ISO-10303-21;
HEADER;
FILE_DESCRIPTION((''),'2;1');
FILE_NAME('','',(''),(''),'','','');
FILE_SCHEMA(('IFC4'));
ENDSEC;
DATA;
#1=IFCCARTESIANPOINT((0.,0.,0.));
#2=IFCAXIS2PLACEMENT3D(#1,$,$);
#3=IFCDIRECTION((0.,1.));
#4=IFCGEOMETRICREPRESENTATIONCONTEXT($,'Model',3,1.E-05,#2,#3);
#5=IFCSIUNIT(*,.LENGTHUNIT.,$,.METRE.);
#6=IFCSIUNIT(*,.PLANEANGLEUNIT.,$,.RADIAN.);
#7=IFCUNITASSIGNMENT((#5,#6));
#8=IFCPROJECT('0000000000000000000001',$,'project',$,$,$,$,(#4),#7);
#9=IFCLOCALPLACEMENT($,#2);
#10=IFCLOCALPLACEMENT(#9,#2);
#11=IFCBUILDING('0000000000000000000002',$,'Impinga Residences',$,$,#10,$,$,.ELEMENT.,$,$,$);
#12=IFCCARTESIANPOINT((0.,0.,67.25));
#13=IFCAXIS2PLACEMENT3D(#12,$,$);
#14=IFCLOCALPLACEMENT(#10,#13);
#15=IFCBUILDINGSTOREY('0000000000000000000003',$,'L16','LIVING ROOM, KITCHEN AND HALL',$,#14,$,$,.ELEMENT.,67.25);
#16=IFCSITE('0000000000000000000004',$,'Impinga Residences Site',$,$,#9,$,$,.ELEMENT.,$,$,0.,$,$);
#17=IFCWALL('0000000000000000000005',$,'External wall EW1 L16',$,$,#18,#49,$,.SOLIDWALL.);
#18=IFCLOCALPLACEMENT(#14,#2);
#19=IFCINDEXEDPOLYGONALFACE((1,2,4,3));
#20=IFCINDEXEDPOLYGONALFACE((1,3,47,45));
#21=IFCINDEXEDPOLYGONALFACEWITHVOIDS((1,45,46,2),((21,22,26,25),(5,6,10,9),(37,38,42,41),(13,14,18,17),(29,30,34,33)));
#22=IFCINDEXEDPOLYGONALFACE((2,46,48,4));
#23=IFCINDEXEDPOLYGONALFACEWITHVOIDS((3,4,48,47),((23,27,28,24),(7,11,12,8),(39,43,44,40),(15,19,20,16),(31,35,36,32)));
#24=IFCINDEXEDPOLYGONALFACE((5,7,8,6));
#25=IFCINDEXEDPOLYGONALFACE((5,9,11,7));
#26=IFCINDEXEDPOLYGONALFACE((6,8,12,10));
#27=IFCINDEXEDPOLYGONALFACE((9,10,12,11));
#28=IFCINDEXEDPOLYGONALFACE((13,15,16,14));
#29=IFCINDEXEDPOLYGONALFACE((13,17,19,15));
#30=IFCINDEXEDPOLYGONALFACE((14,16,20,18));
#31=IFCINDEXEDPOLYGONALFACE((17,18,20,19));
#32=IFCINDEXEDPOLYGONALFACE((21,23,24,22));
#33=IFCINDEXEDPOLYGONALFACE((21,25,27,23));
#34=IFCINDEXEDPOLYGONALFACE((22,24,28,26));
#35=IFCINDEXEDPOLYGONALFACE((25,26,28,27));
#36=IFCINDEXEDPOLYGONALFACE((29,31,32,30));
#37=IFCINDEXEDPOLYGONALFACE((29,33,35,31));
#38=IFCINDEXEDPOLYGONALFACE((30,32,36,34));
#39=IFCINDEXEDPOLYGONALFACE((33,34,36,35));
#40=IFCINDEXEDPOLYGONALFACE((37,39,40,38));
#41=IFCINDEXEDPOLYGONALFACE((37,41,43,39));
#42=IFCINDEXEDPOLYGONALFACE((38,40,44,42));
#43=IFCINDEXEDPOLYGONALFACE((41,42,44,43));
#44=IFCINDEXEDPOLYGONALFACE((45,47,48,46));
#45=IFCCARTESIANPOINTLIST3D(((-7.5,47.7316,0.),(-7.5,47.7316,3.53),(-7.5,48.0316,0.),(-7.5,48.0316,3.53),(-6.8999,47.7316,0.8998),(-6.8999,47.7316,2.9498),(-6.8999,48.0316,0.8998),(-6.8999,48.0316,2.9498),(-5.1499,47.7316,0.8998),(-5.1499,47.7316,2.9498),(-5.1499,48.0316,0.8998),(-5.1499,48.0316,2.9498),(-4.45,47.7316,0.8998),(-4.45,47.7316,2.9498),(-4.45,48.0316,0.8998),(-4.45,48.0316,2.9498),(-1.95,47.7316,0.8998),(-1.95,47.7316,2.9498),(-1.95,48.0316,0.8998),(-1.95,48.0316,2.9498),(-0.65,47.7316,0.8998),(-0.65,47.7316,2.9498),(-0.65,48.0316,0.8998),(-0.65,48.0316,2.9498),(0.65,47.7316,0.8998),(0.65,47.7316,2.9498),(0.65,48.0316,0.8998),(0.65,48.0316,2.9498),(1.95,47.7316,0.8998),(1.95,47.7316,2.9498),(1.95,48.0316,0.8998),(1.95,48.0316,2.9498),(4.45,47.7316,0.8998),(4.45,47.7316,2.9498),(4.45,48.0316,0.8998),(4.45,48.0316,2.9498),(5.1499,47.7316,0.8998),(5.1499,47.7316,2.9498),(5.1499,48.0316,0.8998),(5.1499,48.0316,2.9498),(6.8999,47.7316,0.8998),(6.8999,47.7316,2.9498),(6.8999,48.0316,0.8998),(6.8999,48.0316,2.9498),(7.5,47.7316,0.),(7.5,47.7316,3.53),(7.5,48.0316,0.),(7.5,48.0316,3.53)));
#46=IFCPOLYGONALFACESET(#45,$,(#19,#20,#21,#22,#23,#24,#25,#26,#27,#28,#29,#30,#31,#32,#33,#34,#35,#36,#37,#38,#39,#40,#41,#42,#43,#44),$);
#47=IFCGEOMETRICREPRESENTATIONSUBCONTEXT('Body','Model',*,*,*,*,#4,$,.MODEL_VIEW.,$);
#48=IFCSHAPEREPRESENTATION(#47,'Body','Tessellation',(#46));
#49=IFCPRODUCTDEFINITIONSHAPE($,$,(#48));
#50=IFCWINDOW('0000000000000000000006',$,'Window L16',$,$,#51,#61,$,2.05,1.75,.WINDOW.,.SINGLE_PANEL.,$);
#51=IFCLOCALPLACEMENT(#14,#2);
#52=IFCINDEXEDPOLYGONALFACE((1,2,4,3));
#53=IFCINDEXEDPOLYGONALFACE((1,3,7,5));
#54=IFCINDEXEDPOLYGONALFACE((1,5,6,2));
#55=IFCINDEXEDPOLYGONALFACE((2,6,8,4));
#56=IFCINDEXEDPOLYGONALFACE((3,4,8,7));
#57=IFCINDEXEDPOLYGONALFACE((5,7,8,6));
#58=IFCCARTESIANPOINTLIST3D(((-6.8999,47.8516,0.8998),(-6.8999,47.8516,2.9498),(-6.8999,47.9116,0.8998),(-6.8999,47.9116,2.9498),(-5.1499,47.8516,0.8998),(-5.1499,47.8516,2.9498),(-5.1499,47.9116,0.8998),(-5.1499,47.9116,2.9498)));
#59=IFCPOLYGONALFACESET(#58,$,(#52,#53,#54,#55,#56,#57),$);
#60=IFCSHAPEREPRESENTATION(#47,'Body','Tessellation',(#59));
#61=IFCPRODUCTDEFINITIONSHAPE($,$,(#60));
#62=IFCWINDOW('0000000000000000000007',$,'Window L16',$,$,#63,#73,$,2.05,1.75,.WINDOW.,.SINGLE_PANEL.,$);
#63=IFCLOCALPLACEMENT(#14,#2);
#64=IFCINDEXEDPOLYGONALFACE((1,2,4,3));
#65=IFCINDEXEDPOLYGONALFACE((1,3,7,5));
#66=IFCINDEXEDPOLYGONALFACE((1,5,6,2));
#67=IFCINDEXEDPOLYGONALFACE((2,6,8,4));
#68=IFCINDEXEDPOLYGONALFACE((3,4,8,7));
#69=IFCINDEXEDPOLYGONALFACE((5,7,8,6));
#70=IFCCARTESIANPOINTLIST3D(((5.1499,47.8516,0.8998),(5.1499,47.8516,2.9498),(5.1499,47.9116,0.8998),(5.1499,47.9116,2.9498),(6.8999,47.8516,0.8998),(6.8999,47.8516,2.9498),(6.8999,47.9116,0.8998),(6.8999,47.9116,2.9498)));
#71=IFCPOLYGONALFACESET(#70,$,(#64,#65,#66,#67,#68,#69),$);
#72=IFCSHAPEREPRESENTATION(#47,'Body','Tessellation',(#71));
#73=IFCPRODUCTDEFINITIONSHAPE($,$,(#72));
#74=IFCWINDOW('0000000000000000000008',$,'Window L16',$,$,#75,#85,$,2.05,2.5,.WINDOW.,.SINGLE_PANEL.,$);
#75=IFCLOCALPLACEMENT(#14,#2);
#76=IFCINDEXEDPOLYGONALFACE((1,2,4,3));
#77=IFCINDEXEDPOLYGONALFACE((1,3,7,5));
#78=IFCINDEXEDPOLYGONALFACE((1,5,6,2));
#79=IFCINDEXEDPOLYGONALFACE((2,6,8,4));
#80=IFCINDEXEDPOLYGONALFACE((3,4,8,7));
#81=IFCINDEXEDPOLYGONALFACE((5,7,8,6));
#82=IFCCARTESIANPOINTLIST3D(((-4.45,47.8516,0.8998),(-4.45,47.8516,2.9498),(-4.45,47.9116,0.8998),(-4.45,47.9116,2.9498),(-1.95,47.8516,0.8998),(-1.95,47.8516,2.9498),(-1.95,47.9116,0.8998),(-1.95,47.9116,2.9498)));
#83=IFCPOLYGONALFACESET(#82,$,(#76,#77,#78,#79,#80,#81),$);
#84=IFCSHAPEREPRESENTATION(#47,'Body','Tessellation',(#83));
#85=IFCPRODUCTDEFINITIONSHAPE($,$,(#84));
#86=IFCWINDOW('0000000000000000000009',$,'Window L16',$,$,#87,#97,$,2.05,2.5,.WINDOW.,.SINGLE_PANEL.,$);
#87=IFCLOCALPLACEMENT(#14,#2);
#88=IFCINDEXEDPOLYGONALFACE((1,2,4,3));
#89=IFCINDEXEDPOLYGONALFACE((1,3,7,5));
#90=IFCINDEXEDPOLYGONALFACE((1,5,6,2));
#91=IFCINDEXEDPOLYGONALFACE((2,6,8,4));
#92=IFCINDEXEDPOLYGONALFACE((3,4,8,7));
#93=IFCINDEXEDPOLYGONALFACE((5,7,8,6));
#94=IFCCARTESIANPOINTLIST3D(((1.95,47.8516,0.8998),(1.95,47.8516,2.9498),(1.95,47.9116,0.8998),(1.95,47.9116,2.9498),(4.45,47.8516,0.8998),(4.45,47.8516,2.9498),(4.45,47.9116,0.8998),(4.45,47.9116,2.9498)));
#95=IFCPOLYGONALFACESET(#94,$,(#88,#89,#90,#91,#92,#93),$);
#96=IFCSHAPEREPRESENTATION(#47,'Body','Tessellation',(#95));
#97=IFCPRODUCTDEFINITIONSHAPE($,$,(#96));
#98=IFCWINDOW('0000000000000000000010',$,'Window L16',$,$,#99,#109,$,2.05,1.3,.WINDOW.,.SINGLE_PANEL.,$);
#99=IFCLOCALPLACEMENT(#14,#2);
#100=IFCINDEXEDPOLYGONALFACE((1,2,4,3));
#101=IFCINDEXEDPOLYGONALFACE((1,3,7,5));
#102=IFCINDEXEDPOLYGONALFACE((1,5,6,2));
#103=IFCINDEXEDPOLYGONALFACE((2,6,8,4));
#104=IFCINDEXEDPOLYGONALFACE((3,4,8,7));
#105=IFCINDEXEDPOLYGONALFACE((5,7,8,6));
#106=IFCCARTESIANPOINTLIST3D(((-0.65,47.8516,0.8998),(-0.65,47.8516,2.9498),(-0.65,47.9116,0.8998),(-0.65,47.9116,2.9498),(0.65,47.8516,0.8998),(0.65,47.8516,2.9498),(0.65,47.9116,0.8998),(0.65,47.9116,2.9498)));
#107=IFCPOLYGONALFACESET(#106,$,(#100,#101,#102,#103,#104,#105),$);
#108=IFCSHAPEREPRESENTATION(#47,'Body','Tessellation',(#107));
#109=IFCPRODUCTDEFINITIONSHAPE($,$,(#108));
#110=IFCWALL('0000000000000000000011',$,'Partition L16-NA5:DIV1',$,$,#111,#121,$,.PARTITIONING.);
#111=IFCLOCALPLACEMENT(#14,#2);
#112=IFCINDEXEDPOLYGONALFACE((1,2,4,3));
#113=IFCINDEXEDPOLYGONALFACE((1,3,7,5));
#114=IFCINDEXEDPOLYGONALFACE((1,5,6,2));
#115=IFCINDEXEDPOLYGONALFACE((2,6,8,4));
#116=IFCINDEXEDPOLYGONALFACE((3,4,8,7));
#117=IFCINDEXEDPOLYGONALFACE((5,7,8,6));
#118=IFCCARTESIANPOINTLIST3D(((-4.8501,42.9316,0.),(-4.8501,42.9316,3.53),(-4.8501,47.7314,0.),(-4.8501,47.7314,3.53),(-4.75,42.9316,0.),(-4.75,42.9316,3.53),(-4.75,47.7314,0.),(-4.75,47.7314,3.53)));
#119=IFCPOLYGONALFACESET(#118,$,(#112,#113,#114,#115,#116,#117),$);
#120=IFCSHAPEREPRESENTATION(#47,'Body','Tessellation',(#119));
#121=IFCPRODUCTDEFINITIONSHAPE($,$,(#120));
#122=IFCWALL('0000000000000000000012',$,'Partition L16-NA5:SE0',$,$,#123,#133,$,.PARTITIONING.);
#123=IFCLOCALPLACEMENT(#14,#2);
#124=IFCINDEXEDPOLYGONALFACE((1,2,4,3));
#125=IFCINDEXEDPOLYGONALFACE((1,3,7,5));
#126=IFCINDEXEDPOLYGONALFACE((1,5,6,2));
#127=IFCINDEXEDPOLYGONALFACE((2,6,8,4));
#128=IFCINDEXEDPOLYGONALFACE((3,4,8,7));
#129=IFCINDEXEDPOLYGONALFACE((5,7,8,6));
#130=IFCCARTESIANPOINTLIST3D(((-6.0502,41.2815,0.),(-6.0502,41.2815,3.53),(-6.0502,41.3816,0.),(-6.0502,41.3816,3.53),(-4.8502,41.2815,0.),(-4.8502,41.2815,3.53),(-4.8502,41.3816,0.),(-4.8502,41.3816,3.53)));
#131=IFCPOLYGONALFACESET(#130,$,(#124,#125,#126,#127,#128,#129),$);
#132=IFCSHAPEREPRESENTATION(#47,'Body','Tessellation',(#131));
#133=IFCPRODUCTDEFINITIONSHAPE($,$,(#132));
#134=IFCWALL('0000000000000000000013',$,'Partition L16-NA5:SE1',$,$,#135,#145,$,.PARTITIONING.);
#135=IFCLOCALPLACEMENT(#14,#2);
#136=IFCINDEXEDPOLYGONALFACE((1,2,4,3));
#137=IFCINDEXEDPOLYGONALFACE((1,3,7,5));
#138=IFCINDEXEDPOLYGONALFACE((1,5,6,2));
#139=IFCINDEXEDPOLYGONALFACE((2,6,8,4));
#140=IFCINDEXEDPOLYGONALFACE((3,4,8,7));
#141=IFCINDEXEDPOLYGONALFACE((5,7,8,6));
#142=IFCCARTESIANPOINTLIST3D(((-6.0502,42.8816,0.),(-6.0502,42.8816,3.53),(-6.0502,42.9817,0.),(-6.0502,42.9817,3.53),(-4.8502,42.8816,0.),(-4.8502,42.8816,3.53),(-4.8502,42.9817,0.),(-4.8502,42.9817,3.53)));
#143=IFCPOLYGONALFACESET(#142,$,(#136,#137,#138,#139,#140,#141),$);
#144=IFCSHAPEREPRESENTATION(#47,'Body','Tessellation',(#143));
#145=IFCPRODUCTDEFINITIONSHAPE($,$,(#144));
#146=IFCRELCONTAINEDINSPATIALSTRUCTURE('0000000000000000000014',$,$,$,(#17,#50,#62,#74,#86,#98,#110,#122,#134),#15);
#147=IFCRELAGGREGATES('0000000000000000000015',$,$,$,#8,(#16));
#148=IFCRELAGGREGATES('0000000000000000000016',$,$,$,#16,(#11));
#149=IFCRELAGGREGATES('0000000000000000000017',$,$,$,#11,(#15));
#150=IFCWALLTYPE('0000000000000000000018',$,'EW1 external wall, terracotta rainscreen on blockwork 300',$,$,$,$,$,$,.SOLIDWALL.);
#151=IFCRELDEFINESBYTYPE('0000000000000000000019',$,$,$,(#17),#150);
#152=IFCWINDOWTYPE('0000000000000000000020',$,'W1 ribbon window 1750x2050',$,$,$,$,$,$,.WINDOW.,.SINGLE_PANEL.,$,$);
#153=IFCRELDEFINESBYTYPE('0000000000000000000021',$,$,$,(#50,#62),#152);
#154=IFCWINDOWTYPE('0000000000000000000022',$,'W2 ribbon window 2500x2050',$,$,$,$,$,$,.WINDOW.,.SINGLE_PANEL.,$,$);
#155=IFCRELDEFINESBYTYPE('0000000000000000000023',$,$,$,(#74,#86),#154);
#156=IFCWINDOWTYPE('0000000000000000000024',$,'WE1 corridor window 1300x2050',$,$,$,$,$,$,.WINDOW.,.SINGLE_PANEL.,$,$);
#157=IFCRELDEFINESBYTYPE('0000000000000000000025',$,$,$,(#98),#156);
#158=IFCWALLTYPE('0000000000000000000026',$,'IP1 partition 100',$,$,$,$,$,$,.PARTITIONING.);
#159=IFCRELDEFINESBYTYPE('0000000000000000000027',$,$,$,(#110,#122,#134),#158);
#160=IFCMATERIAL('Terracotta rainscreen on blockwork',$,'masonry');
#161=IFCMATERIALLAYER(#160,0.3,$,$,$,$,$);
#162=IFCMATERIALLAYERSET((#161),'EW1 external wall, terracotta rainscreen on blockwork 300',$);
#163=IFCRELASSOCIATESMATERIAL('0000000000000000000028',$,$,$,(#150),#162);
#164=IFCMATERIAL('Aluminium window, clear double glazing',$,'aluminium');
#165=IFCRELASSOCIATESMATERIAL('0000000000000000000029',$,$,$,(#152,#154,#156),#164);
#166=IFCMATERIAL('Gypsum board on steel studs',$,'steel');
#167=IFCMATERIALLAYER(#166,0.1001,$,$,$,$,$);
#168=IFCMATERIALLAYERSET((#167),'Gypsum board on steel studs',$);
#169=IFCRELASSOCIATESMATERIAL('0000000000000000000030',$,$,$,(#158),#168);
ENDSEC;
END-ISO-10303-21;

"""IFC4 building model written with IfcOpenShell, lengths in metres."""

from ifc_helpers import new_model, si_unit, direction, frame, frame_2d, origin, place, context, subcontext, project, spatial, rectangle, extrude, material, layer, layer_set, type_object, element, fill, save


model = new_model("IFC4")

# Units and contexts
model_context = context("Model", 3, precision=1e-05, world=origin(), true_north=direction((0.0, 1.0)))
body_context = subcontext(model_context, "Body", "Model", "MODEL_VIEW")
ifc_project = project(units=[si_unit("LENGTHUNIT", "METRE"), si_unit("PLANEANGLEUNIT", "RADIAN")], contexts=[model_context])

# Site, building, storey
site_placement = place(None, origin())
site = spatial("IfcSite", under=ifc_project, at=site_placement, Name="Impinga Residences Site", CompositionType="ELEMENT", RefElevation=0.0)
building_placement = place(site_placement, origin())
building = spatial("IfcBuilding", under=site, at=building_placement, Name="Impinga Residences", CompositionType="ELEMENT")
storey_placement = place(building_placement, frame((0.0, 0.0, 67.25)))
storey = spatial("IfcBuildingStorey", under=building, at=storey_placement, Name="L16", Description="LIVING ROOM, KITCHEN AND HALL", CompositionType="ELEMENT", Elevation=67.25)

# Shared definitions
ifc_material_1 = material(Name="Terracotta rainscreen on blockwork", Category="masonry")
ifc_layer_1 = layer(ifc_material_1, 0.3)
ifc_layer_set_1 = layer_set([ifc_layer_1], Name="EW1 external wall, terracotta rainscreen on blockwork 300")
wall_type_1 = type_object("IfcWallType", Name="EW1 external wall, terracotta rainscreen on blockwork 300", PredefinedType="SOLIDWALL", material=ifc_layer_set_1)

# Wall, openings, windows
wall_1_placement = place(storey_placement, frame((-7.5, 47.8816, 0.0), z_axis=(0.0, 0.0, 1.0), x_axis=(1.0, 0.0, 0.0)))
wall_1 = element("IfcWall", 1, at=wall_1_placement, inside=storey, type_object=wall_type_1, Name="External wall EW1 L16", PredefinedType="SOLIDWALL", context=body_context, shape_type="SweptSolid", body=[
    extrude(rectangle(XDim=15.0, YDim=0.3, at=frame_2d((7.5, 0.0))), origin(), (0.0, 0.0, 1.0), 3.53),
])
opening_1_placement = place(wall_1_placement, frame((0.6001, 0.0, 0.8999)))
opening_1 = element("IfcOpeningElement", 2, at=opening_1_placement, cuts=wall_1, PredefinedType="OPENING", context=body_context, shape_type="SweptSolid", body=[
    extrude(rectangle(XDim=1.75, YDim=2.05, at=frame_2d((0.875, 1.0249))), frame((0.0, 0.1599, 0.0), z_axis=(0.0, -1.0, 0.0), x_axis=(1.0, 0.0, 0.0)), (0.0, 0.0, 1.0), 0.3201),
])
opening_2_placement = place(wall_1_placement, frame((3.05, 0.0, 0.8999)))
opening_2 = element("IfcOpeningElement", 3, at=opening_2_placement, cuts=wall_1, PredefinedType="OPENING", context=body_context, shape_type="SweptSolid", body=[
    extrude(rectangle(XDim=2.5, YDim=2.05, at=frame_2d((1.25, 1.0249))), frame((0.0, 0.1599, 0.0), z_axis=(0.0, -1.0, 0.0), x_axis=(1.0, 0.0, 0.0)), (0.0, 0.0, 1.0), 0.3201),
])
opening_3_placement = place(wall_1_placement, frame((6.8501, 0.0, 0.8999)))
opening_3 = element("IfcOpeningElement", 4, at=opening_3_placement, cuts=wall_1, PredefinedType="OPENING", context=body_context, shape_type="SweptSolid", body=[
    extrude(rectangle(XDim=1.3, YDim=2.05, at=frame_2d((0.6499, 1.0249))), frame((0.0, 0.1599, 0.0), z_axis=(0.0, -1.0, 0.0), x_axis=(1.0, 0.0, 0.0)), (0.0, 0.0, 1.0), 0.3201),
])
opening_4_placement = place(wall_1_placement, frame((9.45, 0.0, 0.8999)))
opening_4 = element("IfcOpeningElement", 5, at=opening_4_placement, cuts=wall_1, PredefinedType="OPENING", context=body_context, shape_type="SweptSolid", body=[
    extrude(rectangle(XDim=2.5, YDim=2.05, at=frame_2d((1.25, 1.0249))), frame((0.0, 0.1599, 0.0), z_axis=(0.0, -1.0, 0.0), x_axis=(1.0, 0.0, 0.0)), (0.0, 0.0, 1.0), 0.3201),
])
opening_5_placement = place(wall_1_placement, frame((12.6499, 0.0, 0.8999)))
opening_5 = element("IfcOpeningElement", 6, at=opening_5_placement, cuts=wall_1, PredefinedType="OPENING", context=body_context, shape_type="SweptSolid", body=[
    extrude(rectangle(XDim=1.75, YDim=2.05, at=frame_2d((0.875, 1.0249))), frame((0.0, 0.1599, 0.0), z_axis=(0.0, -1.0, 0.0), x_axis=(1.0, 0.0, 0.0)), (0.0, 0.0, 1.0), 0.3201),
])
ifc_material_2 = material(Name="Aluminium window, clear double glazing", Category="aluminium")
window_type_1 = type_object("IfcWindowType", Name="W1 ribbon window 1750x2050", PartitioningType="SINGLE_PANEL", PredefinedType="WINDOW", material=ifc_material_2)
window_1_placement = place(opening_1_placement, origin())
window_1 = element("IfcWindow", 7, at=window_1_placement, inside=storey, type_object=window_type_1, Name="Window L16", OverallHeight=2.05, OverallWidth=1.75, PartitioningType="SINGLE_PANEL", PredefinedType="WINDOW", context=body_context, shape_type="SweptSolid", body=[
    extrude(rectangle(XDim=1.75, YDim=2.05, at=frame_2d((0.875, 1.0249))), frame((0.0, 0.03, 0.0), z_axis=(0.0, -1.0, 0.0), x_axis=(1.0, 0.0, 0.0)), (0.0, 0.0, 1.0), 0.0601),
])
fill(opening_1, window_1)
window_2_placement = place(opening_5_placement, origin())
window_2 = element("IfcWindow", 8, at=window_2_placement, inside=storey, type_object=window_type_1, Name="Window L16", OverallHeight=2.05, OverallWidth=1.75, PartitioningType="SINGLE_PANEL", PredefinedType="WINDOW", context=body_context, shape_type="SweptSolid", body=[
    extrude(rectangle(XDim=1.75, YDim=2.05, at=frame_2d((0.875, 1.0249))), frame((0.0, 0.03, 0.0), z_axis=(0.0, -1.0, 0.0), x_axis=(1.0, 0.0, 0.0)), (0.0, 0.0, 1.0), 0.0601),
])
fill(opening_5, window_2)
window_type_2 = type_object("IfcWindowType", Name="W2 ribbon window 2500x2050", PartitioningType="SINGLE_PANEL", PredefinedType="WINDOW", material=ifc_material_2)
window_3_placement = place(opening_2_placement, origin())
window_3 = element("IfcWindow", 9, at=window_3_placement, inside=storey, type_object=window_type_2, Name="Window L16", OverallHeight=2.05, OverallWidth=2.5, PartitioningType="SINGLE_PANEL", PredefinedType="WINDOW", context=body_context, shape_type="SweptSolid", body=[
    extrude(rectangle(XDim=2.5, YDim=2.05, at=frame_2d((1.25, 1.0249))), frame((0.0, 0.03, 0.0), z_axis=(0.0, -1.0, 0.0), x_axis=(1.0, 0.0, 0.0)), (0.0, 0.0, 1.0), 0.0601),
])
fill(opening_2, window_3)
window_4_placement = place(opening_4_placement, origin())
window_4 = element("IfcWindow", 10, at=window_4_placement, inside=storey, type_object=window_type_2, Name="Window L16", OverallHeight=2.05, OverallWidth=2.5, PartitioningType="SINGLE_PANEL", PredefinedType="WINDOW", context=body_context, shape_type="SweptSolid", body=[
    extrude(rectangle(XDim=2.5, YDim=2.05, at=frame_2d((1.25, 1.0249))), frame((0.0, 0.03, 0.0), z_axis=(0.0, -1.0, 0.0), x_axis=(1.0, 0.0, 0.0)), (0.0, 0.0, 1.0), 0.0601),
])
fill(opening_4, window_4)
window_type_3 = type_object("IfcWindowType", Name="WE1 corridor window 1300x2050", PartitioningType="SINGLE_PANEL", PredefinedType="WINDOW", material=ifc_material_2)
window_5_placement = place(opening_3_placement, origin())
window_5 = element("IfcWindow", 11, at=window_5_placement, inside=storey, type_object=window_type_3, Name="Window L16", OverallHeight=2.05, OverallWidth=1.3, PartitioningType="SINGLE_PANEL", PredefinedType="WINDOW", context=body_context, shape_type="SweptSolid", body=[
    extrude(rectangle(XDim=1.3, YDim=2.05, at=frame_2d((0.6499, 1.0249))), frame((0.0, 0.03, 0.0), z_axis=(0.0, -1.0, 0.0), x_axis=(1.0, 0.0, 0.0)), (0.0, 0.0, 1.0), 0.0601),
])
fill(opening_3, window_5)

# Walls
ifc_material_3 = material(Name="Gypsum board on steel studs", Category="steel")
ifc_layer_2 = layer(ifc_material_3, 0.1001)
ifc_layer_set_2 = layer_set([ifc_layer_2], Name="Gypsum board on steel studs")
wall_type_2 = type_object("IfcWallType", Name="IP1 partition 100", PredefinedType="PARTITIONING", material=ifc_layer_set_2)
wall_2_placement = place(storey_placement, frame((-4.8, 42.9316, 0.0), z_axis=(0.0, 0.0, 1.0), x_axis=(0.0, 1.0, 0.0)))
element("IfcWall", 12, at=wall_2_placement, inside=storey, type_object=wall_type_2, Name="Partition L16-NA5:DIV1", PredefinedType="PARTITIONING", context=body_context, shape_type="SweptSolid", body=[
    extrude(rectangle(XDim=4.7998, YDim=0.1001, at=frame_2d((2.3999, 0.0))), origin(), (0.0, 0.0, 1.0), 3.53),
])
for number, where, z_axis, x_axis, name in (
    (13, (-4.8501, 41.3315, 0.0), (0.0, 0.0, 1.0), (-1.0, 0.0, 0.0), "Partition L16-NA5:SE0"),
    (14, (-4.8501, 42.9316, 0.0), (0.0, 0.0, 1.0), (-1.0, 0.0, 0.0), "Partition L16-NA5:SE1"),
):
    element("IfcWall", number, at=place(storey_placement, frame(where, z_axis=z_axis, x_axis=x_axis)), inside=storey, type_object=wall_type_2, Name=name, PredefinedType="PARTITIONING", context=body_context, shape_type="SweptSolid", body=[
        extrude(rectangle(XDim=1.2, YDim=0.1001, at=frame_2d((0.6001, 0.0))), origin(), (0.0, 0.0, 1.0), 3.53),
    ])

save(model, "model.ifc")
